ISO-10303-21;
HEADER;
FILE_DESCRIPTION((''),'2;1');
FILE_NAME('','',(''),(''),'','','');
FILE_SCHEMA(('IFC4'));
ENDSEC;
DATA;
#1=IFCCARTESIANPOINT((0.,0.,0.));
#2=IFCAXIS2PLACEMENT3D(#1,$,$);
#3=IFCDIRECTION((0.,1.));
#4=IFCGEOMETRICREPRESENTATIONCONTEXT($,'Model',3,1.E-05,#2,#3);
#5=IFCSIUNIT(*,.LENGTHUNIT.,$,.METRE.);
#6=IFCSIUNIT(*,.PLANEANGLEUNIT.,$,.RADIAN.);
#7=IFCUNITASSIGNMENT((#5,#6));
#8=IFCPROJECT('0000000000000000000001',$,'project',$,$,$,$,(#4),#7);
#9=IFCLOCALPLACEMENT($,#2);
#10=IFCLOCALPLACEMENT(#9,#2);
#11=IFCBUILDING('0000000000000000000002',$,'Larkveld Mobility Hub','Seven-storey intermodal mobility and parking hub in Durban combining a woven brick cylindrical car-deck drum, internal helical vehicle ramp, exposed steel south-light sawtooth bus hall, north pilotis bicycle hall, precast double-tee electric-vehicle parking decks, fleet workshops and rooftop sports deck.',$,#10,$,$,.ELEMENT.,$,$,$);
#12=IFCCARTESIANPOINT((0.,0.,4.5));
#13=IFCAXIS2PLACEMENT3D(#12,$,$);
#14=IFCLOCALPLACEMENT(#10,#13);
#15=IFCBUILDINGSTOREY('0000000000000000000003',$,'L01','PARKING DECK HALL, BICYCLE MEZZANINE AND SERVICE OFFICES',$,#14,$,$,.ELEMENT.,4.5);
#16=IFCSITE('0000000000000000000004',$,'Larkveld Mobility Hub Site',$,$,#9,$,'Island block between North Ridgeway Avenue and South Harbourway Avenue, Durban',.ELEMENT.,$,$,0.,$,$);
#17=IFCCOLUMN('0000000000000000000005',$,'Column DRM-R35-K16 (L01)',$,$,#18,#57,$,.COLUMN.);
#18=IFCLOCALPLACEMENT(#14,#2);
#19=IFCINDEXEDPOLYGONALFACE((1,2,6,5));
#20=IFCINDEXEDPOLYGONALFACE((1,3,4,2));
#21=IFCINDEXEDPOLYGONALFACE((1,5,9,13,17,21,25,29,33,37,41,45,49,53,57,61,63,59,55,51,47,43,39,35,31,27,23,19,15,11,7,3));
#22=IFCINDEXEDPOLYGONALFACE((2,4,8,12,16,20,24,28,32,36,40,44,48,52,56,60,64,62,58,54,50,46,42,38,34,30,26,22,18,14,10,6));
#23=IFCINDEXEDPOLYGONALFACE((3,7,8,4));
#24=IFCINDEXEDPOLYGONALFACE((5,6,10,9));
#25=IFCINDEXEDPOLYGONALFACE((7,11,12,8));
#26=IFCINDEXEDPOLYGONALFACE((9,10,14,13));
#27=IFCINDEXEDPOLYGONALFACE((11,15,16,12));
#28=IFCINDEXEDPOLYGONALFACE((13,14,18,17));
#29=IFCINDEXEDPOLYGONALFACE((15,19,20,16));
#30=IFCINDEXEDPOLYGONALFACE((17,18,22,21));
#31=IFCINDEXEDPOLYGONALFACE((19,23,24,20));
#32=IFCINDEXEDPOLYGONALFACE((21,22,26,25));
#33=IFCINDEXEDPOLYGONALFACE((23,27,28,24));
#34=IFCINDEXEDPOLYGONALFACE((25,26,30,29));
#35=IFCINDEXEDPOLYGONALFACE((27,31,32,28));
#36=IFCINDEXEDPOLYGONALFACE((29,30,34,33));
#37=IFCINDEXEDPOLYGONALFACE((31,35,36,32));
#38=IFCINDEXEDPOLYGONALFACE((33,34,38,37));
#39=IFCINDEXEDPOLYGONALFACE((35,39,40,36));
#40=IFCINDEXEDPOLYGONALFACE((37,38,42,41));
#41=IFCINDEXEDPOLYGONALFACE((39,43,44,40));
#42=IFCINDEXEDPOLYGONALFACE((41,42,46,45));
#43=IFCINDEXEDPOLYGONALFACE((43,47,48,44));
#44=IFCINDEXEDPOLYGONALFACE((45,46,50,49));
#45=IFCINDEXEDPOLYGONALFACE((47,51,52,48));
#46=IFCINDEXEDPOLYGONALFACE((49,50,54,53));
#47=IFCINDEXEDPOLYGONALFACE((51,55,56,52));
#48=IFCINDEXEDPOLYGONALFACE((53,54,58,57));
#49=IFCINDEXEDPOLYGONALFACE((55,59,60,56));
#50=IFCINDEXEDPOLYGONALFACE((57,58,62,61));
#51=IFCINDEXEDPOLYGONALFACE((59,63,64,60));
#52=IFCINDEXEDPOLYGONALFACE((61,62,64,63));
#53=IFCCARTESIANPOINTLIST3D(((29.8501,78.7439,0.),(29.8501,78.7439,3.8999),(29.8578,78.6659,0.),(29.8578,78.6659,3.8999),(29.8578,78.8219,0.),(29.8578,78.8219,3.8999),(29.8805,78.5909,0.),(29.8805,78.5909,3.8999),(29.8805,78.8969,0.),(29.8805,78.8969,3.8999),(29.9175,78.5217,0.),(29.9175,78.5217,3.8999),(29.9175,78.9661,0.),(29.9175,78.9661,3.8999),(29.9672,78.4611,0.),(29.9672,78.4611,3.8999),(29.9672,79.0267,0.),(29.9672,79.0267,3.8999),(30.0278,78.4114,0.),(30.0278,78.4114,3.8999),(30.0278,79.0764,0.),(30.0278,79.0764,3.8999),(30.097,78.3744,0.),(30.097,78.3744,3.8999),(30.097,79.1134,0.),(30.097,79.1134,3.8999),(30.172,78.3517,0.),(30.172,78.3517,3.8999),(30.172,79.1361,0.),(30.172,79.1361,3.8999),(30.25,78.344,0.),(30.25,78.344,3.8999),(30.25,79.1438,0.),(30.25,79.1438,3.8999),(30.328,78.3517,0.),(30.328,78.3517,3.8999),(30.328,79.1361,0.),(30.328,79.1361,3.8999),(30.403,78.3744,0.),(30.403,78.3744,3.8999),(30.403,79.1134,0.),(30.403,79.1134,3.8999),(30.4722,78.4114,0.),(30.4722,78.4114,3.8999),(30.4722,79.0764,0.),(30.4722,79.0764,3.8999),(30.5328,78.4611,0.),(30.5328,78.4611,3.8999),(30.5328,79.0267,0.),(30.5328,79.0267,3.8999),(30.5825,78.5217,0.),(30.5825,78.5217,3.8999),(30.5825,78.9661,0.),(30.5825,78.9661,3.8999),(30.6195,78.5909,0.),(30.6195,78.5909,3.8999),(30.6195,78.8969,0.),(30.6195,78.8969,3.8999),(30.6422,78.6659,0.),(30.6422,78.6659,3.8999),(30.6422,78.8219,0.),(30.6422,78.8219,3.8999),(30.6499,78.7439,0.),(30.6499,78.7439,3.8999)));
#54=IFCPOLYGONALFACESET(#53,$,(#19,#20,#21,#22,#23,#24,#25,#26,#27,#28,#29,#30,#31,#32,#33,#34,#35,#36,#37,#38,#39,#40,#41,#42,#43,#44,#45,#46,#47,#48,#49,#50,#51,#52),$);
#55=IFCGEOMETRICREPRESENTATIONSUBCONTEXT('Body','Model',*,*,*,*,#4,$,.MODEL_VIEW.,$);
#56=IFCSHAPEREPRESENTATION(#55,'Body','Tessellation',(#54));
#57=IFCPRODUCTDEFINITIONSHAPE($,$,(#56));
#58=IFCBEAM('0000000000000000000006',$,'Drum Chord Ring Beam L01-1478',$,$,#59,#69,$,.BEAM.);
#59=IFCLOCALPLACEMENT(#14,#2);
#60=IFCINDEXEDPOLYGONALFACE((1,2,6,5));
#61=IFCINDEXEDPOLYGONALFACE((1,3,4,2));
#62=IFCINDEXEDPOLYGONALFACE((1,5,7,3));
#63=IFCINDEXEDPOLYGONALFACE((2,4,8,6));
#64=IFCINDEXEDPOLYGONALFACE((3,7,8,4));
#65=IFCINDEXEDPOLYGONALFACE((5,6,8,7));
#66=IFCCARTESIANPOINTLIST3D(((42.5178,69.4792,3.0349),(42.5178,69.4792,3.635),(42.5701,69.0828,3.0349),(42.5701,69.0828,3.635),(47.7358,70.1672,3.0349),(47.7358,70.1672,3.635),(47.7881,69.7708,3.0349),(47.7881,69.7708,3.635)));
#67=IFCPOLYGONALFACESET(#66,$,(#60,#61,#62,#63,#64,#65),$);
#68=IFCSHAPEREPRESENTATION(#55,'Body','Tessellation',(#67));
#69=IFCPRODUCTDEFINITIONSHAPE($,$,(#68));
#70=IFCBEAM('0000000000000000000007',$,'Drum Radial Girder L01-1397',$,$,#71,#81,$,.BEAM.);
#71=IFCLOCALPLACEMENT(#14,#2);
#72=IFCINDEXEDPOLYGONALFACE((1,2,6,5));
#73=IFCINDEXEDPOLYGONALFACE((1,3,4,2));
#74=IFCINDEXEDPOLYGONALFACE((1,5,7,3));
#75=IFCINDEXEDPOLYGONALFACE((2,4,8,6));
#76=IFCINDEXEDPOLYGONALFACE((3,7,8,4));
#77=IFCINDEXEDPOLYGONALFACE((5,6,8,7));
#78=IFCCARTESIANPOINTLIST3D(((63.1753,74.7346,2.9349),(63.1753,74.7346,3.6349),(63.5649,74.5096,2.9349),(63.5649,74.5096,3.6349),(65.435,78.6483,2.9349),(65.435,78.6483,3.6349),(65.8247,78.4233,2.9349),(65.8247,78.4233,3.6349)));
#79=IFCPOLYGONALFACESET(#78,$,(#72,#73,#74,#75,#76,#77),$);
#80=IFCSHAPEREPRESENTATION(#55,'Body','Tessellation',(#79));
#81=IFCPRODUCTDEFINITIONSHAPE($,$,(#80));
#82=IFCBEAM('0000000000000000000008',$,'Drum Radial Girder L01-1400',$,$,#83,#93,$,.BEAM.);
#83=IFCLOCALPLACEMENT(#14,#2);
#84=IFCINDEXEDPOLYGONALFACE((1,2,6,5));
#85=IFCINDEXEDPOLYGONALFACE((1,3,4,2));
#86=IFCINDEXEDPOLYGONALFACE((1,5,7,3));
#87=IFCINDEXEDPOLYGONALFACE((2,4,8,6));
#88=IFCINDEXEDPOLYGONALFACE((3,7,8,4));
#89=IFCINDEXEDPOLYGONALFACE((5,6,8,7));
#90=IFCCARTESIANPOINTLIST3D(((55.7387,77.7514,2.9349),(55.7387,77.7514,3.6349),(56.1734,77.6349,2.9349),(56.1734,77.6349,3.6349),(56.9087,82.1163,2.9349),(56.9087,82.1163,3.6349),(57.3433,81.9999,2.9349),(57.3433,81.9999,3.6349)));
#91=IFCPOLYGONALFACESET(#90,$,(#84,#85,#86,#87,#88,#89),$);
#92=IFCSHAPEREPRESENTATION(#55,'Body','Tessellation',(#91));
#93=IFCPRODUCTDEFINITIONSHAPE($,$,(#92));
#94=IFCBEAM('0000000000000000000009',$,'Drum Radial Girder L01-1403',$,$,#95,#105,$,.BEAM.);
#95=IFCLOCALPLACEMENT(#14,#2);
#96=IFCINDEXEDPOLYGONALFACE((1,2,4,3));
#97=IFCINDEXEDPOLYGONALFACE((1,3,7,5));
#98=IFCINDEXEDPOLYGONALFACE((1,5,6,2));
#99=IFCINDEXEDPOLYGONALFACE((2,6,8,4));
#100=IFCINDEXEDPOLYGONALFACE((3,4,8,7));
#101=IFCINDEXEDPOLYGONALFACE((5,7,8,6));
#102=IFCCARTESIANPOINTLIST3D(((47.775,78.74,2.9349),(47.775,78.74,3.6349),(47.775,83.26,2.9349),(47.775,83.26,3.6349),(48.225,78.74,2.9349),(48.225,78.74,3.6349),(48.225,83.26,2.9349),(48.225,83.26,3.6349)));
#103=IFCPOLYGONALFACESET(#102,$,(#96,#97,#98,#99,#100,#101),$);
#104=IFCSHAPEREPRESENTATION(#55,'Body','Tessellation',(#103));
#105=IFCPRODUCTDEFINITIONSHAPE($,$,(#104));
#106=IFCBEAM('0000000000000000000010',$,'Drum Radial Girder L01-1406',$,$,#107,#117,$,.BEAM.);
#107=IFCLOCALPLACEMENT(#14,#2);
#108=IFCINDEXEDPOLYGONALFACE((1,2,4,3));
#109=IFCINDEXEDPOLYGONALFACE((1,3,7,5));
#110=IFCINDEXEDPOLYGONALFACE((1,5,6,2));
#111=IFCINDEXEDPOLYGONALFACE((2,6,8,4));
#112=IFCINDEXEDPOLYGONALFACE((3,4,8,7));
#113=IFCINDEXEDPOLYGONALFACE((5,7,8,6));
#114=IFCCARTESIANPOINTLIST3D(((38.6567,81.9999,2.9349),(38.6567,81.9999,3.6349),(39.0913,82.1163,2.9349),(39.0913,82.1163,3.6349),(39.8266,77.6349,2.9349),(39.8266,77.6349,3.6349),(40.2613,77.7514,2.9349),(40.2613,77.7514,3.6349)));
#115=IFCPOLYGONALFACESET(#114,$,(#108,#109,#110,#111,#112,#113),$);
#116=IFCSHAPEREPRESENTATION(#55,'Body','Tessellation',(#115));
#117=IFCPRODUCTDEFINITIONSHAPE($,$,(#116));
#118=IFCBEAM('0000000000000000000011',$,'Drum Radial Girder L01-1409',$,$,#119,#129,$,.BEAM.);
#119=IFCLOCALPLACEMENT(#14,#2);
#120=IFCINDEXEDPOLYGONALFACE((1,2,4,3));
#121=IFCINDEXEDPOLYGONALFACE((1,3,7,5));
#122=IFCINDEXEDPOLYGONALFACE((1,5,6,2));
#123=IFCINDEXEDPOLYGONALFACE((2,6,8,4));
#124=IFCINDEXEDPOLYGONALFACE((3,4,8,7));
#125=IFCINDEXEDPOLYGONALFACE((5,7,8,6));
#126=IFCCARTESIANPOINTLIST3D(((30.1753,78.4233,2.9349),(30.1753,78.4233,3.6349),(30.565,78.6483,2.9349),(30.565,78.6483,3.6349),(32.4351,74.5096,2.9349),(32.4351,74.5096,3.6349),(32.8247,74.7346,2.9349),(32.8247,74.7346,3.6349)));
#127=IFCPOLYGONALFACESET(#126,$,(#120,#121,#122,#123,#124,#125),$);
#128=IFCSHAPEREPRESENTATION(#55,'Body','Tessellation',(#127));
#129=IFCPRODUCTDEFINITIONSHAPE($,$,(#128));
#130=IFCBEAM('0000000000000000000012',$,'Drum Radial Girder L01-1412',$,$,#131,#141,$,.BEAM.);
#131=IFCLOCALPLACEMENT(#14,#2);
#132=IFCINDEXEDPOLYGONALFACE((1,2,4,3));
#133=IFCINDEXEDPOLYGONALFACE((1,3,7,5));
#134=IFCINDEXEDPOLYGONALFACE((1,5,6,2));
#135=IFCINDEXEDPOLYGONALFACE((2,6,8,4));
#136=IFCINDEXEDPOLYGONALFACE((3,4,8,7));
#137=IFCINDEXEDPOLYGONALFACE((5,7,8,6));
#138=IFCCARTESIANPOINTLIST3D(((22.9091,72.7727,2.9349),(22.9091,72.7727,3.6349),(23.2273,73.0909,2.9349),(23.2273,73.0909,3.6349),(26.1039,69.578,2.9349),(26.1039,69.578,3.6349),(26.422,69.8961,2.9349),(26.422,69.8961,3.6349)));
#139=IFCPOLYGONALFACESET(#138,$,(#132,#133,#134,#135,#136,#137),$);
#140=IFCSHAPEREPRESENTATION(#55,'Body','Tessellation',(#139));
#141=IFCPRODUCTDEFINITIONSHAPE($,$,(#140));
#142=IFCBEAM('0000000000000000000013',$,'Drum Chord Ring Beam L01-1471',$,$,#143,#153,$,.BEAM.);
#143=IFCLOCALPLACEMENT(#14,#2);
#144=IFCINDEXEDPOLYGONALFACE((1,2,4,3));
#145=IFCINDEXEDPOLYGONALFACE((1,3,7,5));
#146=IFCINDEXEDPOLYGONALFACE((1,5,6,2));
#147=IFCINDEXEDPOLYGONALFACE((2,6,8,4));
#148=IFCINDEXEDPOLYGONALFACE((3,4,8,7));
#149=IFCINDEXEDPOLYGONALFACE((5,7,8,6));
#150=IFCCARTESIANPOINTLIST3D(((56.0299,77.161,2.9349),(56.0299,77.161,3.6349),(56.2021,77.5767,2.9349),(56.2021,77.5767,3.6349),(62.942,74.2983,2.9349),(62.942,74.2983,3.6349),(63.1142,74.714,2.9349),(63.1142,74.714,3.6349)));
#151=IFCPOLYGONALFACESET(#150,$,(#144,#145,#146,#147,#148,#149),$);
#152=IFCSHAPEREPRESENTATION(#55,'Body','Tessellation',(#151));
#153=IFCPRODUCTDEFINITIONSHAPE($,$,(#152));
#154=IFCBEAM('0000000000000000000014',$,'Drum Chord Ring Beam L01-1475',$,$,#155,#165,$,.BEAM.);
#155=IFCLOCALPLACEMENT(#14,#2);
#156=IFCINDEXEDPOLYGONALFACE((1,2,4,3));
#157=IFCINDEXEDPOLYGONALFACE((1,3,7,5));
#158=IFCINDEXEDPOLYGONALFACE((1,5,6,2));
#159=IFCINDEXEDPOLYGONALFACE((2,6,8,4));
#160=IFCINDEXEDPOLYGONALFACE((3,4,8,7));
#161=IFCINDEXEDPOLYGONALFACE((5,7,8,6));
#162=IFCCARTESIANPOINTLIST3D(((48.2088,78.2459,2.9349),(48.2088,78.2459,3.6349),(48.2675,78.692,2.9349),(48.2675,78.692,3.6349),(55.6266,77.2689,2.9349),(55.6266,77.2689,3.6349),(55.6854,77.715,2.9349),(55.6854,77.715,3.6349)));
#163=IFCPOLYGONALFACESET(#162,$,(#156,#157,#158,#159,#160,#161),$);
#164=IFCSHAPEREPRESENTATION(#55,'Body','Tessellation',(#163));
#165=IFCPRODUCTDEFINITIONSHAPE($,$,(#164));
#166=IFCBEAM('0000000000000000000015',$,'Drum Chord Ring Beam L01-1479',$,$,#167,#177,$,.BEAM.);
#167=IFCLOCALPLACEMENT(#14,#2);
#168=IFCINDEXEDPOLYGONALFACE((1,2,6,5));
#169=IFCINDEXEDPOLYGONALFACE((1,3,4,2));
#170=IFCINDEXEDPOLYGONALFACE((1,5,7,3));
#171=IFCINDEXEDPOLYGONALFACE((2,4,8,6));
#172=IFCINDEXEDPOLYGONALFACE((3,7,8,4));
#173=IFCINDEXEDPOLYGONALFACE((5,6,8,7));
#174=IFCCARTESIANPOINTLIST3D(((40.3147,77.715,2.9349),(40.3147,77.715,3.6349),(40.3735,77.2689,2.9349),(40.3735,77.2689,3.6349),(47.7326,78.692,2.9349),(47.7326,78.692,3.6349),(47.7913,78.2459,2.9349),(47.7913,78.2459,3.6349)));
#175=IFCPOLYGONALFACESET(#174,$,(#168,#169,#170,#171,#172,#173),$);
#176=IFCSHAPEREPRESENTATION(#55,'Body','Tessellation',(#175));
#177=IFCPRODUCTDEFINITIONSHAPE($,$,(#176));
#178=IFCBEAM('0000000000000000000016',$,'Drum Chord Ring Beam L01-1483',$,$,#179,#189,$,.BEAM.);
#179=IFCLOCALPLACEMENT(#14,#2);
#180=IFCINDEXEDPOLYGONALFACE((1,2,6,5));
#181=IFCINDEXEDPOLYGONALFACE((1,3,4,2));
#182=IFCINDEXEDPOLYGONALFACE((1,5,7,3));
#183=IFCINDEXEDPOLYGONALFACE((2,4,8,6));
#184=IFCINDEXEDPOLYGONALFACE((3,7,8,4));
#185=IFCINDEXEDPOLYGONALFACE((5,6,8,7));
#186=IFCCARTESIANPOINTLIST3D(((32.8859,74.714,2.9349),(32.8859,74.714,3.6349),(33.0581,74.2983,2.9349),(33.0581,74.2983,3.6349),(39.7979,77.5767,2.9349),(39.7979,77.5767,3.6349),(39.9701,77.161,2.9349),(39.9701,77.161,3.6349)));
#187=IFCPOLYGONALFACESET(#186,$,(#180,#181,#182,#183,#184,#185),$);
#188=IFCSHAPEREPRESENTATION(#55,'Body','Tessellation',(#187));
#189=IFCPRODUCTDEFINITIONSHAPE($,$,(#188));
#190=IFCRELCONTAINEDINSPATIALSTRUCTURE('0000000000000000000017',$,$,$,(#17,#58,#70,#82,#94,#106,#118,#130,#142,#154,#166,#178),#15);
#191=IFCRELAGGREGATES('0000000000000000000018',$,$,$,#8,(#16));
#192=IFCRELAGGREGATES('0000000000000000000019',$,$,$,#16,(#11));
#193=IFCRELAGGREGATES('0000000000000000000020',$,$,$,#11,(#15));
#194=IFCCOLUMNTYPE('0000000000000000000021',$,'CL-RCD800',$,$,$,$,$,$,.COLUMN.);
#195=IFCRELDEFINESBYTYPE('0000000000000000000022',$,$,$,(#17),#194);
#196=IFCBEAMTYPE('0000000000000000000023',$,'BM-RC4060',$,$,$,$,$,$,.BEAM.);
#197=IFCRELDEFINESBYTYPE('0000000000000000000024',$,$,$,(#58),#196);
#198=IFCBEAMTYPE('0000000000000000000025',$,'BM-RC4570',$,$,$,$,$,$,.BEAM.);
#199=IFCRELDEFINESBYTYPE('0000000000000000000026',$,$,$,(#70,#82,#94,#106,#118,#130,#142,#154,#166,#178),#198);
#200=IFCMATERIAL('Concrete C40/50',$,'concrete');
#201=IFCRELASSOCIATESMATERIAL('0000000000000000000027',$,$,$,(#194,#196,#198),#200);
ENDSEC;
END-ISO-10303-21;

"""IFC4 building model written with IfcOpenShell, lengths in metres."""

from ifc_helpers import new_model, si_unit, direction, frame, origin, origin_2d, place, context, subcontext, project, spatial, rectangle, circle, extrude, material, material_profile, profile_set, type_object, element, save


model = new_model("IFC4")

# Units and contexts
model_context = context("Model", 3, precision=1e-05, world=origin(), true_north=direction((0.0, 1.0)))
body_context = subcontext(model_context, "Body", "Model", "MODEL_VIEW")
ifc_project = project(units=[si_unit("LENGTHUNIT", "METRE"), si_unit("PLANEANGLEUNIT", "RADIAN")], contexts=[model_context])

# Site, building, storey
site_placement = place(None, origin())
site = spatial("IfcSite", under=ifc_project, at=site_placement, Name="Larkveld Mobility Hub Site", LongName="Island block between North Ridgeway Avenue and South Harbourway Avenue, Durban", CompositionType="ELEMENT", RefElevation=0.0)
building_placement = place(site_placement, origin())
building = spatial("IfcBuilding", under=site, at=building_placement, Name="Larkveld Mobility Hub", Description="Seven-storey intermodal mobility and parking hub in Durban combining a woven brick cylindrical car-deck drum, internal helical vehicle ramp, exposed steel south-light sawtooth bus hall, north pilotis bicycle hall, precast double-tee electric-vehicle parking decks, fleet workshops and rooftop sports deck.", CompositionType="ELEMENT")
storey_placement = place(building_placement, frame((0.0, 0.0, 4.5)))
storey = spatial("IfcBuildingStorey", under=building, at=storey_placement, Name="L01", Description="PARKING DECK HALL, BICYCLE MEZZANINE AND SERVICE OFFICES", CompositionType="ELEMENT", Elevation=4.5)

# Column
ifc_material_1 = material(Name="Concrete C40/50", Category="concrete")
ifc_material_profile_1 = material_profile(ifc_material_1, circle(Radius=0.3999, at=origin_2d()), Name="RC COL D800")
ifc_profile_set_1 = profile_set([ifc_material_profile_1], Name="Concrete C40/50")
column_type_1 = type_object("IfcColumnType", Name="CL-RCD800", PredefinedType="COLUMN", material=ifc_profile_set_1)
for number, where, z_axis, x_axis, name in (
    (1, (30.25, 78.7439, 0.0), (0.0, 0.0, 1.0), (1.0, 0.0, 0.0), "Column DRM-R35-K16 (L01)"),
):
    element("IfcColumn", number, at=place(storey_placement, frame(where, z_axis=z_axis, x_axis=x_axis)), inside=storey, type_object=column_type_1, Name=name, PredefinedType="COLUMN", context=body_context, shape_type="SweptSolid", body=[
        extrude(circle(Radius=0.3999, at=origin_2d()), origin(), (0.0, 0.0, 1.0), 3.8999),
    ])

# Beams
ifc_material_profile_2 = material_profile(ifc_material_1, rectangle(XDim=0.3999, YDim=0.6001, at=origin_2d()), Name="RC BM 400x600")
ifc_profile_set_2 = profile_set([ifc_material_profile_2], Name="Concrete C40/50")
beam_type_1 = type_object("IfcBeamType", Name="BM-RC4060", PredefinedType="BEAM", material=ifc_profile_set_2)
beam_1_placement = place(storey_placement, frame((47.762, 69.969, 3.335), z_axis=(-0.99142, -0.130717, 0.0), x_axis=(0.130717, -0.99142, 0.0)))
element("IfcBeam", 2, at=beam_1_placement, inside=storey, type_object=beam_type_1, Name="Drum Chord Ring Beam L01-1478", PredefinedType="BEAM", context=body_context, shape_type="SweptSolid", body=[
    extrude(rectangle(XDim=0.3999, YDim=0.6001, at=origin_2d()), origin(), (0.0, 0.0, 1.0), 5.2632),
])
ifc_material_profile_3 = material_profile(ifc_material_1, rectangle(XDim=0.45, YDim=0.7, at=origin_2d()), Name="RC BM 450x700")
ifc_profile_set_3 = profile_set([ifc_material_profile_3], Name="Concrete C40/50")
beam_type_2 = type_object("IfcBeamType", Name="BM-RC4570", PredefinedType="BEAM", material=ifc_profile_set_3)
beam_2_placement = place(storey_placement, frame((63.3701, 74.6221, 3.2849), z_axis=(0.50002, 0.866014, 0.0), x_axis=(-0.866014, 0.50002, 0.0)))
element("IfcBeam", 3, at=beam_2_placement, inside=storey, type_object=beam_type_2, Name="Drum Radial Girder L01-1397", PredefinedType="BEAM", context=body_context, shape_type="SweptSolid", body=[
    extrude(rectangle(XDim=0.45, YDim=0.7, at=origin_2d()), origin(), (0.0, 0.0, 1.0), 4.5193),
])
beam_3_placement = place(storey_placement, frame((55.9561, 77.6931, 3.2849), z_axis=(0.258886, 0.965908, 0.0), x_axis=(-0.965908, 0.258886, 0.0)))
element("IfcBeam", 4, at=beam_3_placement, inside=storey, type_object=beam_type_2, Name="Drum Radial Girder L01-1400", PredefinedType="BEAM", context=body_context, shape_type="SweptSolid", body=[
    extrude(rectangle(XDim=0.45, YDim=0.7, at=origin_2d()), origin(), (0.0, 0.0, 1.0), 4.519),
])
beam_4_placement = place(storey_placement, frame((48.0, 78.74, 3.2849), z_axis=(0.0, 1.0, 0.0), x_axis=(-1.0, 0.0, 0.0)))
element("IfcBeam", 5, at=beam_4_placement, inside=storey, type_object=beam_type_2, Name="Drum Radial Girder L01-1403", PredefinedType="BEAM", context=body_context, shape_type="SweptSolid", body=[
    extrude(rectangle(XDim=0.45, YDim=0.7, at=origin_2d()), origin(), (0.0, 0.0, 1.0), 4.52),
])
beam_5_placement = place(storey_placement, frame((40.0439, 77.6931, 3.2849), z_axis=(-0.258886, 0.965908, 0.0), x_axis=(-0.965908, -0.258886, 0.0)))
element("IfcBeam", 6, at=beam_5_placement, inside=storey, type_object=beam_type_2, Name="Drum Radial Girder L01-1406", PredefinedType="BEAM", context=body_context, shape_type="SweptSolid", body=[
    extrude(rectangle(XDim=0.45, YDim=0.7, at=origin_2d()), origin(), (0.0, 0.0, 1.0), 4.519),
])
beam_6_placement = place(storey_placement, frame((32.6299, 74.6221, 3.2849), z_axis=(-0.50002, 0.866014, 0.0), x_axis=(-0.866014, -0.50002, 0.0)))
element("IfcBeam", 7, at=beam_6_placement, inside=storey, type_object=beam_type_2, Name="Drum Radial Girder L01-1409", PredefinedType="BEAM", context=body_context, shape_type="SweptSolid", body=[
    extrude(rectangle(XDim=0.45, YDim=0.7, at=origin_2d()), origin(), (0.0, 0.0, 1.0), 4.5193),
])
beam_7_placement = place(storey_placement, frame((26.2629, 69.7371, 3.2849), z_axis=(-0.707107, 0.707107, 0.0), x_axis=(-0.707107, -0.707107, 0.0)))
element("IfcBeam", 8, at=beam_7_placement, inside=storey, type_object=beam_type_2, Name="Drum Radial Girder L01-1412", PredefinedType="BEAM", context=body_context, shape_type="SweptSolid", body=[
    extrude(rectangle(XDim=0.45, YDim=0.7, at=origin_2d()), origin(), (0.0, 0.0, 1.0), 4.5181),
])
beam_8_placement = place(storey_placement, frame((63.0281, 74.5061, 3.2849), z_axis=(-0.923894, 0.38265, 0.0), x_axis=(-0.38265, -0.923894, 0.0)))
element("IfcBeam", 9, at=beam_8_placement, inside=storey, type_object=beam_type_2, Name="Drum Chord Ring Beam L01-1471", PredefinedType="BEAM", context=body_context, shape_type="SweptSolid", body=[
    extrude(rectangle(XDim=0.45, YDim=0.7, at=origin_2d()), origin(), (0.0, 0.0, 1.0), 7.4814),
])
for number, where, z_axis, x_axis, name in (
    (10, (55.656, 77.4919, 3.2849), (-0.991437, 0.130586, 0.0), (-0.130586, -0.991437, 0.0), "Drum Chord Ring Beam L01-1475"),
    (11, (47.762, 78.469, 3.2849), (-0.991437, -0.130586, 0.0), (0.130586, -0.991437, 0.0), "Drum Chord Ring Beam L01-1479"),
):
    element("IfcBeam", number, at=place(storey_placement, frame(where, z_axis=z_axis, x_axis=x_axis)), inside=storey, type_object=beam_type_2, Name=name, PredefinedType="BEAM", context=body_context, shape_type="SweptSolid", body=[
        extrude(rectangle(XDim=0.45, YDim=0.7, at=origin_2d()), origin(), (0.0, 0.0, 1.0), 7.4819),
    ])
beam_9_placement = place(storey_placement, frame((39.884, 77.3689, 3.2849), z_axis=(-0.923894, -0.38265, 0.0), x_axis=(0.38265, -0.923894, 0.0)))
element("IfcBeam", 12, at=beam_9_placement, inside=storey, type_object=beam_type_2, Name="Drum Chord Ring Beam L01-1483", PredefinedType="BEAM", context=body_context, shape_type="SweptSolid", body=[
    extrude(rectangle(XDim=0.45, YDim=0.7, at=origin_2d()), origin(), (0.0, 0.0, 1.0), 7.4814),
])

save(model, "model.ifc")
